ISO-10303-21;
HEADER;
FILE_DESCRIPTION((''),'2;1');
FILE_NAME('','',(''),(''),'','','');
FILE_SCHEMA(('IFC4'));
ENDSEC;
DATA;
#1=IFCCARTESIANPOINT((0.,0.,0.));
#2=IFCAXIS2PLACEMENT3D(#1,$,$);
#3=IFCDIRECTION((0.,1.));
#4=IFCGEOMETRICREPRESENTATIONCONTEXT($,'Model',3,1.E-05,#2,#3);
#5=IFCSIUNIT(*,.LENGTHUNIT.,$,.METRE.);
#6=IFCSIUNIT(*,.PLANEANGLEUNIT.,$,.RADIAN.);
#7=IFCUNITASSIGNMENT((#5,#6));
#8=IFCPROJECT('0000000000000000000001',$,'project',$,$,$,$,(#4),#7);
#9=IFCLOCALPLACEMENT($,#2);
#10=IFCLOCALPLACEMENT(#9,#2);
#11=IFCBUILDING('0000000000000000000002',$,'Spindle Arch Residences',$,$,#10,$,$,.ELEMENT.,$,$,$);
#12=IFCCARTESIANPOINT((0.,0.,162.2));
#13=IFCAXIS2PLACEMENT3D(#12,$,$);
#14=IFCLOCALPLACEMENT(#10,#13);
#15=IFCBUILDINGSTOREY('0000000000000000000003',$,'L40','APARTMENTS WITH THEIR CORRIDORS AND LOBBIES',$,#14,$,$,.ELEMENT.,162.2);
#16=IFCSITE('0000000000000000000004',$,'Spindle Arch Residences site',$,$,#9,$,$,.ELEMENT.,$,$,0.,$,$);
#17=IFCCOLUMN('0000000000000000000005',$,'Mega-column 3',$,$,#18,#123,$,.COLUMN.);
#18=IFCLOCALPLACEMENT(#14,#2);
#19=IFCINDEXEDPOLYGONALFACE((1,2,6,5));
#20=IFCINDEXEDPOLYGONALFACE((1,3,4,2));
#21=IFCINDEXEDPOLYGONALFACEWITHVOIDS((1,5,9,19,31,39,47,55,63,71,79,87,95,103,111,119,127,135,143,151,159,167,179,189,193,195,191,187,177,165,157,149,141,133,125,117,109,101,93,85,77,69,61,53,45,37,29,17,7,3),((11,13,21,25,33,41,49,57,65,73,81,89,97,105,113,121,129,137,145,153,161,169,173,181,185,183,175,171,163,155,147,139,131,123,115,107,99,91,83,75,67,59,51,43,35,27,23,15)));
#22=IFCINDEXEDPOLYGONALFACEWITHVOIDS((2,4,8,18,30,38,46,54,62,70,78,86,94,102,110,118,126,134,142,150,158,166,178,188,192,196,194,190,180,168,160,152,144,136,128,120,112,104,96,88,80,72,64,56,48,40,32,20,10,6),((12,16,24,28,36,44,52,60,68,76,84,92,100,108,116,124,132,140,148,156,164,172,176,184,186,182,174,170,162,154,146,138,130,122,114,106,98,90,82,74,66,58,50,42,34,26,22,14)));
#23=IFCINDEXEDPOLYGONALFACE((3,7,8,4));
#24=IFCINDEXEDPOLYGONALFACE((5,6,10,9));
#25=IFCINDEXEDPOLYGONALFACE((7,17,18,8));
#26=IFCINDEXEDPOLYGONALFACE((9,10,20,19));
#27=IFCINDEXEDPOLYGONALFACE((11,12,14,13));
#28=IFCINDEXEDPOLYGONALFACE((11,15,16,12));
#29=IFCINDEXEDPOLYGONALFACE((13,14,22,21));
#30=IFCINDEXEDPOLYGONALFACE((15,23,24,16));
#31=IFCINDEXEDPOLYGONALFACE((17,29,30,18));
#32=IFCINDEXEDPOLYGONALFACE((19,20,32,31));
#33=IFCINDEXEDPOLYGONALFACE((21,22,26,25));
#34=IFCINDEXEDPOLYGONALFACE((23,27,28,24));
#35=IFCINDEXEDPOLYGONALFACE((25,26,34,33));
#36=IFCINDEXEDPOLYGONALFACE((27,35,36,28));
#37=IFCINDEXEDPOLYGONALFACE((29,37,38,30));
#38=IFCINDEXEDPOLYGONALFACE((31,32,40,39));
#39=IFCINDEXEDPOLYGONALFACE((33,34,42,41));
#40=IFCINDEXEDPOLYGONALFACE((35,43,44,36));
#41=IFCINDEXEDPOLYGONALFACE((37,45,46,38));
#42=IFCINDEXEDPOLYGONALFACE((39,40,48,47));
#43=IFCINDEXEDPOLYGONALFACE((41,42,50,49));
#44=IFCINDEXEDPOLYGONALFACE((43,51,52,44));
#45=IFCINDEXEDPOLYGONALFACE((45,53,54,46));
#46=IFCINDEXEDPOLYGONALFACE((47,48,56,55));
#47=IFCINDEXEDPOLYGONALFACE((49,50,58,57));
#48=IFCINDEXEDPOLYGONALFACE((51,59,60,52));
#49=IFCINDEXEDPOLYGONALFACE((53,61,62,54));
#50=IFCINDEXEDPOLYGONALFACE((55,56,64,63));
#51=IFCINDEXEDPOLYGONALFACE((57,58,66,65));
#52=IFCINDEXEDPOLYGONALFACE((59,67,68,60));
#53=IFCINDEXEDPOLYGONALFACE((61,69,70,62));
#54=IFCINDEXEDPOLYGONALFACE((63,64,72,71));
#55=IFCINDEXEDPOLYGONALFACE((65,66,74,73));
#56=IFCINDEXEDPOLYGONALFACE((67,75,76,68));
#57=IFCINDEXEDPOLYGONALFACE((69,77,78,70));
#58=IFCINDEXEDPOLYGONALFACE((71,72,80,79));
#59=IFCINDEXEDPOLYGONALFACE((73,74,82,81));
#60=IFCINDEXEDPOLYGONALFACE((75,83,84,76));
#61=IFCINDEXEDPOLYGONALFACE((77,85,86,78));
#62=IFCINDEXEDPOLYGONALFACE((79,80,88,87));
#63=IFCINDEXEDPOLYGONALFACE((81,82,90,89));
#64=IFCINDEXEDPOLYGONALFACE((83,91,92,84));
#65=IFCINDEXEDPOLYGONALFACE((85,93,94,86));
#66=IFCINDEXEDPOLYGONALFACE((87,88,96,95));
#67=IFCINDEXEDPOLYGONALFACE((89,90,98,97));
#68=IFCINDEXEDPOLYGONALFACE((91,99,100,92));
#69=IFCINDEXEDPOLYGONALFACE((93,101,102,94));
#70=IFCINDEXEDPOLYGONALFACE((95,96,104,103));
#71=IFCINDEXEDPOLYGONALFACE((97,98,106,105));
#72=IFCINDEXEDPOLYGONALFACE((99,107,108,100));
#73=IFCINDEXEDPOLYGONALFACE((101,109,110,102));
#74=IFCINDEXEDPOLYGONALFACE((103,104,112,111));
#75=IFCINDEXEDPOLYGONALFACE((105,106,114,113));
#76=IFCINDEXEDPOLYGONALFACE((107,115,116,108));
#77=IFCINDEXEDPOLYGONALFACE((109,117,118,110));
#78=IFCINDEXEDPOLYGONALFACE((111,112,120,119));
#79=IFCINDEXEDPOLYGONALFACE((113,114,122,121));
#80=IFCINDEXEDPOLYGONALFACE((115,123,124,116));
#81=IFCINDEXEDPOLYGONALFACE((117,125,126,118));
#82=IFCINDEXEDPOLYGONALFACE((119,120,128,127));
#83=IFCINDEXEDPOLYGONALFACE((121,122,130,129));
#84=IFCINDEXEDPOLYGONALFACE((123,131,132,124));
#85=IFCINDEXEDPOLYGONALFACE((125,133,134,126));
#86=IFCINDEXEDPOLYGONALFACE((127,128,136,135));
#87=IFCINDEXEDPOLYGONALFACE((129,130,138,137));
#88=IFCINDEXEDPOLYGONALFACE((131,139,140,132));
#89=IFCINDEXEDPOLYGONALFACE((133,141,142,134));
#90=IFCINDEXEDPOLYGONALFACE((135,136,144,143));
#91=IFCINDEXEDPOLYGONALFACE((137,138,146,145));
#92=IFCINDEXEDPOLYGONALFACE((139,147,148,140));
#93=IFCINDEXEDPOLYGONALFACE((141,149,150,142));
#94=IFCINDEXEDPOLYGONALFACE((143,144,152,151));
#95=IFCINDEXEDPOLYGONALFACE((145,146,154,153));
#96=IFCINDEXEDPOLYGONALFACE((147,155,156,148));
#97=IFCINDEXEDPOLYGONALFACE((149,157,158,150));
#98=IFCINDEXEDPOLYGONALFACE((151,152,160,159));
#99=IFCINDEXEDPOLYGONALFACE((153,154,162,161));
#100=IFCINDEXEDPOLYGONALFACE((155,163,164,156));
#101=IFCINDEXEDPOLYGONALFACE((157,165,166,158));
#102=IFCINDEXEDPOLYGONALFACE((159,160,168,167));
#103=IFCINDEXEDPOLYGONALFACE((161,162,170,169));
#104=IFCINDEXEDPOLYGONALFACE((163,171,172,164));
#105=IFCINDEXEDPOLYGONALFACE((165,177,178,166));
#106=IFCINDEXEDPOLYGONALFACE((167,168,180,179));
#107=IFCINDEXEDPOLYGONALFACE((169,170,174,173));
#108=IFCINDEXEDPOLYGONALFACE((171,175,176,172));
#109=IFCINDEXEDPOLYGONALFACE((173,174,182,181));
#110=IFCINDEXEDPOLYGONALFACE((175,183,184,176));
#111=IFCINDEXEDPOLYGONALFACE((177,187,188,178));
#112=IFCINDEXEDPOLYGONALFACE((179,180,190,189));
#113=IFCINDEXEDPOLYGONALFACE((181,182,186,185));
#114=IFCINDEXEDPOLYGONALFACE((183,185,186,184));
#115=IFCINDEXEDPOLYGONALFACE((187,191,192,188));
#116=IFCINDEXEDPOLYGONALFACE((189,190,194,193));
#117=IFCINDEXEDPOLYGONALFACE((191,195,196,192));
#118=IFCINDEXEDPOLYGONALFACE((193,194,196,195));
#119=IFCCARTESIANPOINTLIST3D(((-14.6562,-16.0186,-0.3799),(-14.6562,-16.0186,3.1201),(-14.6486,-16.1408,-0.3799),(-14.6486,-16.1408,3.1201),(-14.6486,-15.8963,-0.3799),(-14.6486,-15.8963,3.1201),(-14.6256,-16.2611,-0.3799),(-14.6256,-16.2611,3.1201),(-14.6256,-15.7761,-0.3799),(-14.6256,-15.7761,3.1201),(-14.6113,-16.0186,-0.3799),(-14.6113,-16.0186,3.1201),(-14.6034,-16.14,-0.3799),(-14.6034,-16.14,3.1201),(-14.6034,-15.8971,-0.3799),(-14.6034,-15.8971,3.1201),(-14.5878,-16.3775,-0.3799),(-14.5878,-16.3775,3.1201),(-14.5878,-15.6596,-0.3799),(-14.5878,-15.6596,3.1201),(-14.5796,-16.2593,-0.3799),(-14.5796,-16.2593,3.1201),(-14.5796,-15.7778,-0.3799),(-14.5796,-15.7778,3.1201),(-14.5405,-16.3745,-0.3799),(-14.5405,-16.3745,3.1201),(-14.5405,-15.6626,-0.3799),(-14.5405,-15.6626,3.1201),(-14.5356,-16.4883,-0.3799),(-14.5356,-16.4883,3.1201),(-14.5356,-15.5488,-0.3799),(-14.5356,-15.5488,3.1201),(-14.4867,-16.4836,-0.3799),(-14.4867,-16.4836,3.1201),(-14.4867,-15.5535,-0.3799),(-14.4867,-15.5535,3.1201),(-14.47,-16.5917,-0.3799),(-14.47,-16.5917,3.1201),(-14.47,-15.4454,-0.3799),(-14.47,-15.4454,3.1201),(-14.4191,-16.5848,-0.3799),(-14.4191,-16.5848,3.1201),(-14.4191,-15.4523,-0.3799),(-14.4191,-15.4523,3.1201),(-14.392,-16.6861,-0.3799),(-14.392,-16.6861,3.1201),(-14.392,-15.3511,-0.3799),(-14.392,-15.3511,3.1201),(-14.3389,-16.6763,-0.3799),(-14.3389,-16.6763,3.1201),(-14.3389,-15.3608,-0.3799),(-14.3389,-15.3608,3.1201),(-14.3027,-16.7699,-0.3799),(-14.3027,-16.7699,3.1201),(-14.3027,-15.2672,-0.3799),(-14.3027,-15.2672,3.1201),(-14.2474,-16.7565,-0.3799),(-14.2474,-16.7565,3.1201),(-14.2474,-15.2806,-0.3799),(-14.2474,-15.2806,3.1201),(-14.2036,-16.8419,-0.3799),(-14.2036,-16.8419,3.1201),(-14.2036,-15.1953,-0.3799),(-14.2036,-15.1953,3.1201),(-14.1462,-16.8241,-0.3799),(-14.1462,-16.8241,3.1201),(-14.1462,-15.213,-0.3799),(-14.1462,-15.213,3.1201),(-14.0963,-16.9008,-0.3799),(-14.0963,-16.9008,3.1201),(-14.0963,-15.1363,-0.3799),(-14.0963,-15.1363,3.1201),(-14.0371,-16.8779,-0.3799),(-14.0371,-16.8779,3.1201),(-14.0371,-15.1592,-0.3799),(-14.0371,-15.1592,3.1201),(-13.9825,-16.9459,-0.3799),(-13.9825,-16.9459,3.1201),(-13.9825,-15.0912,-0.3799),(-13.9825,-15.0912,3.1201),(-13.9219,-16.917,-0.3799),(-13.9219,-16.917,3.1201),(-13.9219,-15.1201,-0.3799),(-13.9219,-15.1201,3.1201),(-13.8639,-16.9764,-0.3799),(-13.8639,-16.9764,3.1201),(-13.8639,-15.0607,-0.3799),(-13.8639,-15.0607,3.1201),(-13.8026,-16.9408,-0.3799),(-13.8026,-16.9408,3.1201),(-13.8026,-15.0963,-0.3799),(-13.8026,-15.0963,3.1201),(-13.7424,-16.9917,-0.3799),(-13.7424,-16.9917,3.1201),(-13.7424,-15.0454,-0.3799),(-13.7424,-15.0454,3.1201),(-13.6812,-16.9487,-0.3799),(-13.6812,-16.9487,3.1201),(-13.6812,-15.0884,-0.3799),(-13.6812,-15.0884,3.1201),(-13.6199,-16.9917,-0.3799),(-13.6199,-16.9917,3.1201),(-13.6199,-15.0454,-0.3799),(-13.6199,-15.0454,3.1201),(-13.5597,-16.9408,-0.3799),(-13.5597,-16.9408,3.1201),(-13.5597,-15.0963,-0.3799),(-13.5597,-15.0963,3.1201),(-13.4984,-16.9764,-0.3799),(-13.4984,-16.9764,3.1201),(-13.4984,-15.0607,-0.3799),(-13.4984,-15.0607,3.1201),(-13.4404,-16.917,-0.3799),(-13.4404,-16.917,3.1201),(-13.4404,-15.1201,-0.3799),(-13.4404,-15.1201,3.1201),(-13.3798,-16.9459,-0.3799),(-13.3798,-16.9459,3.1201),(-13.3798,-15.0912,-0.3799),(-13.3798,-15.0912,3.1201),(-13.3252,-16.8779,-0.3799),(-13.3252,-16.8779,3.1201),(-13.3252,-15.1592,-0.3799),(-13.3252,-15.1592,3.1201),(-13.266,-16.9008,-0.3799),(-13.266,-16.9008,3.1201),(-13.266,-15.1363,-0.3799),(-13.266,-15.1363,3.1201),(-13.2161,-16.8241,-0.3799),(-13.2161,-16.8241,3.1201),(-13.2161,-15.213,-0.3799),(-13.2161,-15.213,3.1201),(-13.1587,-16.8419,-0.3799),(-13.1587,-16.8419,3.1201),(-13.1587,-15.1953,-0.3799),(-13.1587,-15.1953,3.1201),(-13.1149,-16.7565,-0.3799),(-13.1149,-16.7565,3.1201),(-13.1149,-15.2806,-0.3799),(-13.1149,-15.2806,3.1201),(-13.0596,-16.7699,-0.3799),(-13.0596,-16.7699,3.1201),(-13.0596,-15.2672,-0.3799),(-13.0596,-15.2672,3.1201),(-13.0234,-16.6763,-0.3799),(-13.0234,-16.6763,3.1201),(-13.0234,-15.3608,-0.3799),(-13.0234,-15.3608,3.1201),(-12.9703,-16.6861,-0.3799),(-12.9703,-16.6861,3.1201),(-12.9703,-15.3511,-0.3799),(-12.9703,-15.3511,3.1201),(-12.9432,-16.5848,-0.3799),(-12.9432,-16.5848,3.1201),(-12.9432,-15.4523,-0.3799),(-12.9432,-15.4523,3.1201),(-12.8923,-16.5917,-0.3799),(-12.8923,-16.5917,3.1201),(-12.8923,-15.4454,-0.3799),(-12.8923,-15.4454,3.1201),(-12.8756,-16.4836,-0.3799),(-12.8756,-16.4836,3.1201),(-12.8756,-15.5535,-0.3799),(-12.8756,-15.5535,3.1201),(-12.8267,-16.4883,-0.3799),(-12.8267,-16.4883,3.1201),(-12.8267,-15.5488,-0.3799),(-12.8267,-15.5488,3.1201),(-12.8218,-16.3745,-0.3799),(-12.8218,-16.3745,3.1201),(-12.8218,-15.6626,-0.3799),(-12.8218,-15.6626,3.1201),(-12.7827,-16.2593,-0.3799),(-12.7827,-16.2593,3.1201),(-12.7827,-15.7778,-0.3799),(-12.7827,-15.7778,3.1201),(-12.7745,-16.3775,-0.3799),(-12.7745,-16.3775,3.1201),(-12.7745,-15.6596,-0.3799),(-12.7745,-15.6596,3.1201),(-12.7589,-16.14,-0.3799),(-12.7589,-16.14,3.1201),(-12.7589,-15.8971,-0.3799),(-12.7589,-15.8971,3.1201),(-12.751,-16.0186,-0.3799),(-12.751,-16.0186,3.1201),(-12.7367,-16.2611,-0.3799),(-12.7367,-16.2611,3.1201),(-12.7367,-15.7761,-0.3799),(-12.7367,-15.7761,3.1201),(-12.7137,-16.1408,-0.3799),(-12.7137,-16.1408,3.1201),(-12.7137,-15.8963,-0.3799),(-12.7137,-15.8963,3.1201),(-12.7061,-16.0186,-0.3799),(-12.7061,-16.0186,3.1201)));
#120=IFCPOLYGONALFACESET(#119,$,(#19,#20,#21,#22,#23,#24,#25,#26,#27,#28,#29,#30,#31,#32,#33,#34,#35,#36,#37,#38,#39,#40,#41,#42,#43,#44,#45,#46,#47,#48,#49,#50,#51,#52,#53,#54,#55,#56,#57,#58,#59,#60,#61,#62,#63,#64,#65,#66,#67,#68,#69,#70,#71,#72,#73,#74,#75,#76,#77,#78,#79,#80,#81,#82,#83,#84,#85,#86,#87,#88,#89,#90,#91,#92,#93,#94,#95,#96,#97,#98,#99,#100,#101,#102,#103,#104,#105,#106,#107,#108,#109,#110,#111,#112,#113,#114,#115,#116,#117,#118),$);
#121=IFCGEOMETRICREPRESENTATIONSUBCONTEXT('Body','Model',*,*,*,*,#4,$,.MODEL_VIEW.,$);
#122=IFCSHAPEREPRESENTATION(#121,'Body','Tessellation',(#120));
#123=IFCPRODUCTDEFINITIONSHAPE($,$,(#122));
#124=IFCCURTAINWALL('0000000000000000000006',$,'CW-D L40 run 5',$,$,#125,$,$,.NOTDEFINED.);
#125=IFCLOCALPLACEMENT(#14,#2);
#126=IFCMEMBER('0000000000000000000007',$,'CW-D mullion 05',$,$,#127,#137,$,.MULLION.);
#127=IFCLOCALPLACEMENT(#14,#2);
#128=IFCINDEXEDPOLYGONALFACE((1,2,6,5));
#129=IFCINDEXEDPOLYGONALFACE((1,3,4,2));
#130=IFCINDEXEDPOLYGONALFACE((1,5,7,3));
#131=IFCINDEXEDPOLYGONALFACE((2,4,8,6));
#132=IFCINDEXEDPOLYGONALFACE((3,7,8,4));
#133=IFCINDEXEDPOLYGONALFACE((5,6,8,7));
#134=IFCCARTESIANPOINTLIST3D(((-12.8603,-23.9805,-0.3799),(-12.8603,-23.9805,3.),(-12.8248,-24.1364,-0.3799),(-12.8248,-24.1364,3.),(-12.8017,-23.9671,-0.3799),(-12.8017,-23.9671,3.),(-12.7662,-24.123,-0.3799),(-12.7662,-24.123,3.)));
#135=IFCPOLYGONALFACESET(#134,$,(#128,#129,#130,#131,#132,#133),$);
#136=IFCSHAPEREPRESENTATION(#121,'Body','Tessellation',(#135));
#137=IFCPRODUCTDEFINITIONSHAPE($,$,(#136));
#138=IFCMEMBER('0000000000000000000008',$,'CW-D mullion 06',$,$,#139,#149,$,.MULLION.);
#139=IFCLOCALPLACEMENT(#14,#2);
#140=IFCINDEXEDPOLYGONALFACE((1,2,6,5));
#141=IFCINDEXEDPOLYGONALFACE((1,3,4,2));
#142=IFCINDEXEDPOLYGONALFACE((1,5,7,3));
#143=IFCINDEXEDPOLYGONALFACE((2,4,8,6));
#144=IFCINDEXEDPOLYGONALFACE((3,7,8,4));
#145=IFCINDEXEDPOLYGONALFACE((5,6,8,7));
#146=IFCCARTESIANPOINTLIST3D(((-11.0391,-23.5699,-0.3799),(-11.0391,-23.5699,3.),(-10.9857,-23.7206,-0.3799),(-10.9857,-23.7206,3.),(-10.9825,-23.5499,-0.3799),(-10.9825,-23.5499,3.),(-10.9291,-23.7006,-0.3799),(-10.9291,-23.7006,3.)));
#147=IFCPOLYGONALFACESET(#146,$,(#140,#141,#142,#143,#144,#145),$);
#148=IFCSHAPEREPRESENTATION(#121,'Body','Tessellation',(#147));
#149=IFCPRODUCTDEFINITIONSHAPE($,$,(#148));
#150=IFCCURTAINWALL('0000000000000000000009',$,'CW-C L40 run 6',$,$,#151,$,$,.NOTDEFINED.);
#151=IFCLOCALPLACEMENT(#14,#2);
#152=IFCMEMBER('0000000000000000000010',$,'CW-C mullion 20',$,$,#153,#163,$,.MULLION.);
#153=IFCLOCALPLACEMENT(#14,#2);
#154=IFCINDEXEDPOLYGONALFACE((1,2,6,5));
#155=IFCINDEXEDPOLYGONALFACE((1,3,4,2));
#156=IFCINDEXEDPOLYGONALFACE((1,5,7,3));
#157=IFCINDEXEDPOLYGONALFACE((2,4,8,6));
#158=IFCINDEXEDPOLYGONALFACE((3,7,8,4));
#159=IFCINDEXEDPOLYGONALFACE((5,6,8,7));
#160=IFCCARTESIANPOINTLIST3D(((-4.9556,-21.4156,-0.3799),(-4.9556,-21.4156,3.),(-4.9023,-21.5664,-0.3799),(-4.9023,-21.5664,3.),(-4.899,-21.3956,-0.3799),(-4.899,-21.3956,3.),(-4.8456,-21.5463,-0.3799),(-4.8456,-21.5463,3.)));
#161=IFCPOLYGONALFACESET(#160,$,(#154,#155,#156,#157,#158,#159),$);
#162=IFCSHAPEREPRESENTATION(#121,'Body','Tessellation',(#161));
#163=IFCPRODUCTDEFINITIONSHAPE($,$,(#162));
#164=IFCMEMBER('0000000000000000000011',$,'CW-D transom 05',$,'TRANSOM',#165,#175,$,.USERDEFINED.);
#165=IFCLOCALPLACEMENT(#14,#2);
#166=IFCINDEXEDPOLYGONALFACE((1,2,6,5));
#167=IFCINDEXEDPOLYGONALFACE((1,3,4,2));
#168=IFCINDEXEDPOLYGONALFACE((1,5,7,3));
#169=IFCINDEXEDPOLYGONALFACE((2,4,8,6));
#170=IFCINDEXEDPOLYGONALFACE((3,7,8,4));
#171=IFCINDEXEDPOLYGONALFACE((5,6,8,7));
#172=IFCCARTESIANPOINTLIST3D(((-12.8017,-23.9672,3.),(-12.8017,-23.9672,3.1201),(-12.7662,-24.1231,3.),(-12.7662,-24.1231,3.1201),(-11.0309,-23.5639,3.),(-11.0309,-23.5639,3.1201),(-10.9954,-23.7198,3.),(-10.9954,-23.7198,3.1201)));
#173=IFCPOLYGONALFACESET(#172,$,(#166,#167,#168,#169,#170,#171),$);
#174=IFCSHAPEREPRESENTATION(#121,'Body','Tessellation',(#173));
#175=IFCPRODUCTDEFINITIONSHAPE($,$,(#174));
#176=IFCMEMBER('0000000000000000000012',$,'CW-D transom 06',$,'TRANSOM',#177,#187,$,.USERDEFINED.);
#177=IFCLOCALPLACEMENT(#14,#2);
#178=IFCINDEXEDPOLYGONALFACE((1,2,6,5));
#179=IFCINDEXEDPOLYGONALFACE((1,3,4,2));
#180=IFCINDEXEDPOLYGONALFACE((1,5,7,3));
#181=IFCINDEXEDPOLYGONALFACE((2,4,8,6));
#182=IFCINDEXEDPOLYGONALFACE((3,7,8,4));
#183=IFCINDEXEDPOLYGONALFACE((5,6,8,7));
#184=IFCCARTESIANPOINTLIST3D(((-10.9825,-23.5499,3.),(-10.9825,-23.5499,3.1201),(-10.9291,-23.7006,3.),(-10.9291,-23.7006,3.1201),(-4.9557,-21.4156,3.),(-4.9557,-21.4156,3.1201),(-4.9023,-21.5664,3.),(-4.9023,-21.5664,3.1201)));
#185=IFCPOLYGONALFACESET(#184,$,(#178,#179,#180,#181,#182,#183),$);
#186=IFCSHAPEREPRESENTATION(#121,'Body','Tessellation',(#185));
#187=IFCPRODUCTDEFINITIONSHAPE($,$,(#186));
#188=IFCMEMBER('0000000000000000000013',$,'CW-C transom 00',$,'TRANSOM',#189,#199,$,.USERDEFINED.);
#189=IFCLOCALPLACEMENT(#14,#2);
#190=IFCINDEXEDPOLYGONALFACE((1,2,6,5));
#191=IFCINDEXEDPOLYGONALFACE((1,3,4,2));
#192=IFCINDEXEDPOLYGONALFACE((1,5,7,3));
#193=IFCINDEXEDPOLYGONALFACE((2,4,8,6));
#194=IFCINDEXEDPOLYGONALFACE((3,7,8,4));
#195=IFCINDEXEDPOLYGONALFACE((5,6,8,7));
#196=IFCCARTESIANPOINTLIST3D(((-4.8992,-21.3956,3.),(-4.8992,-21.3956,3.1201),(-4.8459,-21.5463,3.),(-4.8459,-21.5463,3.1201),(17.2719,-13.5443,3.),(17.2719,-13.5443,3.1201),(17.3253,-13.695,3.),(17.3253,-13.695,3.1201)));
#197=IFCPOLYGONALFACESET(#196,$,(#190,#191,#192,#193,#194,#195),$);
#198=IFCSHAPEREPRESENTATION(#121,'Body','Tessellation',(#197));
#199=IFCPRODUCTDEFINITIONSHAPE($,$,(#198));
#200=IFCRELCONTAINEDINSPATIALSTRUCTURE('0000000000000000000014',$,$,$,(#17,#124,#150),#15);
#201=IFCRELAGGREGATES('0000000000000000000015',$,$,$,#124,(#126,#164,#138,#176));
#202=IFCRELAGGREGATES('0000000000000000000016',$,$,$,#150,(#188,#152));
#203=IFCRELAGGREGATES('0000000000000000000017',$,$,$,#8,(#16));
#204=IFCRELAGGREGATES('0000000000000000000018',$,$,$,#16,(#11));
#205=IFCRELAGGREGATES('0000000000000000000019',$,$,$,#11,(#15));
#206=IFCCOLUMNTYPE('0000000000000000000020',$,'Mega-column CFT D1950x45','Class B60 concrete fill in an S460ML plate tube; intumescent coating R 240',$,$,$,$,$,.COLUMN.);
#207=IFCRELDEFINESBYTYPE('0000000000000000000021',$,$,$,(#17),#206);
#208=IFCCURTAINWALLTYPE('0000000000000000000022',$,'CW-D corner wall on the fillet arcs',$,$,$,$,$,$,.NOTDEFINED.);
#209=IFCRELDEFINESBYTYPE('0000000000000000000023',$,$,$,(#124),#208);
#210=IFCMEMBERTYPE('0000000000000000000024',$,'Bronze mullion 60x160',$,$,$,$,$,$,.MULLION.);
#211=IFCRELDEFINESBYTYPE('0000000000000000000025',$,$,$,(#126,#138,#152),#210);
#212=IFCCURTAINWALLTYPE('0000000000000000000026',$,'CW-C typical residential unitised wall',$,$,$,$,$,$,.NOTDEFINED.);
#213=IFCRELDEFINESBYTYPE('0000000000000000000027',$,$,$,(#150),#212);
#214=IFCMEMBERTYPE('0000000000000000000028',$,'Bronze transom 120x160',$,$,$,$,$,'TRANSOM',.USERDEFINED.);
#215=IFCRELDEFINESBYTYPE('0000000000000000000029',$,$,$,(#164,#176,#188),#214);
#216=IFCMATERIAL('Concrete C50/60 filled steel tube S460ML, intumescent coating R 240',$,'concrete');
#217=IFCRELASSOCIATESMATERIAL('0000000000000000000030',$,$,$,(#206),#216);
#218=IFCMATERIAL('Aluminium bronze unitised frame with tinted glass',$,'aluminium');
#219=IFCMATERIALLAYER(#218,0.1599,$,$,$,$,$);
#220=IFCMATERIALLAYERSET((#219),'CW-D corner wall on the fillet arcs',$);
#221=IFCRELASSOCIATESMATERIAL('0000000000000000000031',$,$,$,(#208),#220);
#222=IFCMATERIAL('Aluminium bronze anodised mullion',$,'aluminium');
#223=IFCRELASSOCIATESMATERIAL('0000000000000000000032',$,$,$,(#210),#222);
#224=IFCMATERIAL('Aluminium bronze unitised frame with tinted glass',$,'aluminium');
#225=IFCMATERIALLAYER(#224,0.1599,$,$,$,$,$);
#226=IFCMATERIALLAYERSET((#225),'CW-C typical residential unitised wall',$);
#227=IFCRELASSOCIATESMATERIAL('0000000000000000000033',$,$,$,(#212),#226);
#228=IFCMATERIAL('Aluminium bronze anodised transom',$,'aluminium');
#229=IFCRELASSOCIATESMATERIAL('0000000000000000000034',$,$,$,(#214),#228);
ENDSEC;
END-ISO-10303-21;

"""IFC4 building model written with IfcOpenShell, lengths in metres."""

from ifc_helpers import new_model, si_unit, direction, frame, origin, origin_2d, place, context, subcontext, project, spatial, rectangle, hollow_circle, extrude, material, layer, layer_set, material_profile, profile_set, type_object, element, aggregate, save


model = new_model("IFC4")

# Units and contexts
model_context = context("Model", 3, precision=1e-05, world=origin(), true_north=direction((0.0, 1.0)))
body_context = subcontext(model_context, "Body", "Model", "MODEL_VIEW")
ifc_project = project(units=[si_unit("LENGTHUNIT", "METRE"), si_unit("PLANEANGLEUNIT", "RADIAN")], contexts=[model_context])

# Site, building, storey
site_placement = place(None, origin())
site = spatial("IfcSite", under=ifc_project, at=site_placement, Name="Spindle Arch Residences site", CompositionType="ELEMENT", RefElevation=0.0)
building_placement = place(site_placement, origin())
building = spatial("IfcBuilding", under=site, at=building_placement, Name="Spindle Arch Residences", CompositionType="ELEMENT")
storey_placement = place(building_placement, frame((0.0, 0.0, 162.2)))
storey = spatial("IfcBuildingStorey", under=building, at=storey_placement, Name="L40", Description="APARTMENTS WITH THEIR CORRIDORS AND LOBBIES", CompositionType="ELEMENT", Elevation=162.2)

# Column
ifc_material_1 = material(Name="Concrete C50/60 filled steel tube S460ML, intumescent coating R 240", Category="concrete")
ifc_material_profile_1 = material_profile(ifc_material_1, hollow_circle(Radius=0.9751, WallThickness=0.0449, at=origin_2d()), Name="CFT D1950x45")
ifc_profile_set_1 = profile_set([ifc_material_profile_1], Name="Concrete C50/60 filled steel tube S460ML, intumescent coating R 240")
column_type_1 = type_object("IfcColumnType", Name="Mega-column CFT D1950x45", Description="Class B60 concrete fill in an S460ML plate tube; intumescent coating R 240", PredefinedType="COLUMN", material=ifc_profile_set_1)
column_placement = place(storey_placement, frame((-13.6812, -16.0186, -0.3799), z_axis=(0.0, 0.0, 1.0), x_axis=(1.0, 0.0, 0.0)))
element("IfcColumn", 1, at=column_placement, inside=storey, type_object=column_type_1, Name="Mega-column 3", PredefinedType="COLUMN", context=body_context, shape_type="SweptSolid", body=[
    extrude(hollow_circle(Radius=0.9751, WallThickness=0.0449, at=origin_2d()), origin(), (0.0, 0.0, 1.0), 3.5),
])

# Curtain wall, members
ifc_material_2 = material(Name="Aluminium bronze unitised frame with tinted glass", Category="aluminium")
ifc_layer_1 = layer(ifc_material_2, 0.1599)
ifc_layer_set_1 = layer_set([ifc_layer_1], Name="CW-D corner wall on the fillet arcs")
curtain_wall_type_1 = type_object("IfcCurtainWallType", Name="CW-D corner wall on the fillet arcs", PredefinedType="NOTDEFINED", material=ifc_layer_set_1)
curtain_wall_1_placement = place(storey_placement, origin())
curtain_wall_1 = element("IfcCurtainWall", 2, at=curtain_wall_1_placement, inside=storey, type_object=curtain_wall_type_1, Name="CW-D L40 run 5", PredefinedType="NOTDEFINED")
ifc_material_3 = material(Name="Aluminium bronze anodised mullion", Category="aluminium")
ifc_material_profile_2 = material_profile(ifc_material_3, rectangle(XDim=0.1599, YDim=0.0601, at=origin_2d()), Name="MU 60x160")
ifc_profile_set_2 = profile_set([ifc_material_profile_2], Name="Aluminium bronze anodised mullion")
member_type_1 = type_object("IfcMemberType", Name="Bronze mullion 60x160", PredefinedType="MULLION", material=ifc_profile_set_2)
member_1_placement = place(storey_placement, frame((-12.8132, -24.0518, -0.3799), z_axis=(0.0, 0.0, 1.0), x_axis=(-0.222116, 0.97502, 0.0)))
member_1 = element("IfcMember", 3, at=member_1_placement, type_object=member_type_1, Name="CW-D mullion 05", PredefinedType="MULLION", context=body_context, shape_type="SweptSolid", body=[
    extrude(rectangle(XDim=0.1599, YDim=0.0601, at=origin_2d()), origin(), (0.0, 0.0, 1.0), 3.3799),
])
member_2_placement = place(storey_placement, frame((-10.9841, -23.6353, -0.3799), z_axis=(0.0, 0.0, 1.0), x_axis=(-0.333807, 0.942641, 0.0)))
member_2 = element("IfcMember", 4, at=member_2_placement, type_object=member_type_1, Name="CW-D mullion 06", PredefinedType="MULLION", context=body_context, shape_type="SweptSolid", body=[
    extrude(rectangle(XDim=0.1599, YDim=0.0601, at=origin_2d()), origin(), (0.0, 0.0, 1.0), 3.3799),
])

# Curtain wall, member
ifc_material_4 = material(Name="Aluminium bronze unitised frame with tinted glass", Category="aluminium")
ifc_layer_2 = layer(ifc_material_4, 0.1599)
ifc_layer_set_2 = layer_set([ifc_layer_2], Name="CW-C typical residential unitised wall")
curtain_wall_type_2 = type_object("IfcCurtainWallType", Name="CW-C typical residential unitised wall", PredefinedType="NOTDEFINED", material=ifc_layer_set_2)
curtain_wall_2_placement = place(storey_placement, origin())
curtain_wall_2 = element("IfcCurtainWall", 5, at=curtain_wall_2_placement, inside=storey, type_object=curtain_wall_type_2, Name="CW-C L40 run 6", PredefinedType="NOTDEFINED")
member_3_placement = place(storey_placement, frame((-4.9006, -21.481, -0.3799), z_axis=(0.0, 0.0, 1.0), x_axis=(-0.333807, 0.942641, 0.0)))
member_3 = element("IfcMember", 6, at=member_3_placement, type_object=member_type_1, Name="CW-C mullion 20", PredefinedType="MULLION", context=body_context, shape_type="SweptSolid", body=[
    extrude(rectangle(XDim=0.1599, YDim=0.0601, at=origin_2d()), origin(), (0.0, 0.0, 1.0), 3.3799),
])

# Members
ifc_material_5 = material(Name="Aluminium bronze anodised transom", Category="aluminium")
ifc_material_profile_3 = material_profile(ifc_material_5, rectangle(XDim=0.1599, YDim=0.1201, at=origin_2d()), Name="TR 120x160")
ifc_profile_set_3 = profile_set([ifc_material_profile_3], Name="Aluminium bronze anodised transom")
member_type_2 = type_object("IfcMemberType", Name="Bronze transom 120x160", ElementType="TRANSOM", PredefinedType="USERDEFINED", material=ifc_profile_set_3)
member_4_placement = place(storey_placement, frame((-12.7839, -24.0452, 3.0601), z_axis=(0.975028, 0.22208, 0.0), x_axis=(-0.22208, 0.975028, 0.0)))
member_4 = element("IfcMember", 7, at=member_4_placement, type_object=member_type_2, Name="CW-D transom 05", ObjectType="TRANSOM", PredefinedType="USERDEFINED", context=body_context, shape_type="SweptSolid", body=[
    extrude(rectangle(XDim=0.1599, YDim=0.1201, at=origin_2d()), origin(), (0.0, 0.0, 1.0), 1.8162),
])
member_5_placement = place(storey_placement, frame((-10.9558, -23.6252, 3.0601), z_axis=(0.942639, 0.333815, 0.0), x_axis=(-0.333815, 0.942639, 0.0)))
member_5 = element("IfcMember", 8, at=member_5_placement, type_object=member_type_2, Name="CW-D transom 06", ObjectType="TRANSOM", PredefinedType="USERDEFINED", context=body_context, shape_type="SweptSolid", body=[
    extrude(rectangle(XDim=0.1599, YDim=0.1201, at=origin_2d()), origin(), (0.0, 0.0, 1.0), 6.3936),
])
member_6_placement = place(storey_placement, frame((-4.8726, -21.4709, 3.0601), z_axis=(0.94264, 0.333811, 0.0), x_axis=(-0.333811, 0.94264, 0.0)))
member_6 = element("IfcMember", 9, at=member_6_placement, type_object=member_type_2, Name="CW-C transom 00", ObjectType="TRANSOM", PredefinedType="USERDEFINED", context=body_context, shape_type="SweptSolid", body=[
    extrude(rectangle(XDim=0.1599, YDim=0.1201, at=origin_2d()), origin(), (0.0, 0.0, 1.0), 23.5203),
])

aggregate(curtain_wall_1, [member_1, member_4, member_2, member_5])
aggregate(curtain_wall_2, [member_6, member_3])

save(model, "model.ifc")
